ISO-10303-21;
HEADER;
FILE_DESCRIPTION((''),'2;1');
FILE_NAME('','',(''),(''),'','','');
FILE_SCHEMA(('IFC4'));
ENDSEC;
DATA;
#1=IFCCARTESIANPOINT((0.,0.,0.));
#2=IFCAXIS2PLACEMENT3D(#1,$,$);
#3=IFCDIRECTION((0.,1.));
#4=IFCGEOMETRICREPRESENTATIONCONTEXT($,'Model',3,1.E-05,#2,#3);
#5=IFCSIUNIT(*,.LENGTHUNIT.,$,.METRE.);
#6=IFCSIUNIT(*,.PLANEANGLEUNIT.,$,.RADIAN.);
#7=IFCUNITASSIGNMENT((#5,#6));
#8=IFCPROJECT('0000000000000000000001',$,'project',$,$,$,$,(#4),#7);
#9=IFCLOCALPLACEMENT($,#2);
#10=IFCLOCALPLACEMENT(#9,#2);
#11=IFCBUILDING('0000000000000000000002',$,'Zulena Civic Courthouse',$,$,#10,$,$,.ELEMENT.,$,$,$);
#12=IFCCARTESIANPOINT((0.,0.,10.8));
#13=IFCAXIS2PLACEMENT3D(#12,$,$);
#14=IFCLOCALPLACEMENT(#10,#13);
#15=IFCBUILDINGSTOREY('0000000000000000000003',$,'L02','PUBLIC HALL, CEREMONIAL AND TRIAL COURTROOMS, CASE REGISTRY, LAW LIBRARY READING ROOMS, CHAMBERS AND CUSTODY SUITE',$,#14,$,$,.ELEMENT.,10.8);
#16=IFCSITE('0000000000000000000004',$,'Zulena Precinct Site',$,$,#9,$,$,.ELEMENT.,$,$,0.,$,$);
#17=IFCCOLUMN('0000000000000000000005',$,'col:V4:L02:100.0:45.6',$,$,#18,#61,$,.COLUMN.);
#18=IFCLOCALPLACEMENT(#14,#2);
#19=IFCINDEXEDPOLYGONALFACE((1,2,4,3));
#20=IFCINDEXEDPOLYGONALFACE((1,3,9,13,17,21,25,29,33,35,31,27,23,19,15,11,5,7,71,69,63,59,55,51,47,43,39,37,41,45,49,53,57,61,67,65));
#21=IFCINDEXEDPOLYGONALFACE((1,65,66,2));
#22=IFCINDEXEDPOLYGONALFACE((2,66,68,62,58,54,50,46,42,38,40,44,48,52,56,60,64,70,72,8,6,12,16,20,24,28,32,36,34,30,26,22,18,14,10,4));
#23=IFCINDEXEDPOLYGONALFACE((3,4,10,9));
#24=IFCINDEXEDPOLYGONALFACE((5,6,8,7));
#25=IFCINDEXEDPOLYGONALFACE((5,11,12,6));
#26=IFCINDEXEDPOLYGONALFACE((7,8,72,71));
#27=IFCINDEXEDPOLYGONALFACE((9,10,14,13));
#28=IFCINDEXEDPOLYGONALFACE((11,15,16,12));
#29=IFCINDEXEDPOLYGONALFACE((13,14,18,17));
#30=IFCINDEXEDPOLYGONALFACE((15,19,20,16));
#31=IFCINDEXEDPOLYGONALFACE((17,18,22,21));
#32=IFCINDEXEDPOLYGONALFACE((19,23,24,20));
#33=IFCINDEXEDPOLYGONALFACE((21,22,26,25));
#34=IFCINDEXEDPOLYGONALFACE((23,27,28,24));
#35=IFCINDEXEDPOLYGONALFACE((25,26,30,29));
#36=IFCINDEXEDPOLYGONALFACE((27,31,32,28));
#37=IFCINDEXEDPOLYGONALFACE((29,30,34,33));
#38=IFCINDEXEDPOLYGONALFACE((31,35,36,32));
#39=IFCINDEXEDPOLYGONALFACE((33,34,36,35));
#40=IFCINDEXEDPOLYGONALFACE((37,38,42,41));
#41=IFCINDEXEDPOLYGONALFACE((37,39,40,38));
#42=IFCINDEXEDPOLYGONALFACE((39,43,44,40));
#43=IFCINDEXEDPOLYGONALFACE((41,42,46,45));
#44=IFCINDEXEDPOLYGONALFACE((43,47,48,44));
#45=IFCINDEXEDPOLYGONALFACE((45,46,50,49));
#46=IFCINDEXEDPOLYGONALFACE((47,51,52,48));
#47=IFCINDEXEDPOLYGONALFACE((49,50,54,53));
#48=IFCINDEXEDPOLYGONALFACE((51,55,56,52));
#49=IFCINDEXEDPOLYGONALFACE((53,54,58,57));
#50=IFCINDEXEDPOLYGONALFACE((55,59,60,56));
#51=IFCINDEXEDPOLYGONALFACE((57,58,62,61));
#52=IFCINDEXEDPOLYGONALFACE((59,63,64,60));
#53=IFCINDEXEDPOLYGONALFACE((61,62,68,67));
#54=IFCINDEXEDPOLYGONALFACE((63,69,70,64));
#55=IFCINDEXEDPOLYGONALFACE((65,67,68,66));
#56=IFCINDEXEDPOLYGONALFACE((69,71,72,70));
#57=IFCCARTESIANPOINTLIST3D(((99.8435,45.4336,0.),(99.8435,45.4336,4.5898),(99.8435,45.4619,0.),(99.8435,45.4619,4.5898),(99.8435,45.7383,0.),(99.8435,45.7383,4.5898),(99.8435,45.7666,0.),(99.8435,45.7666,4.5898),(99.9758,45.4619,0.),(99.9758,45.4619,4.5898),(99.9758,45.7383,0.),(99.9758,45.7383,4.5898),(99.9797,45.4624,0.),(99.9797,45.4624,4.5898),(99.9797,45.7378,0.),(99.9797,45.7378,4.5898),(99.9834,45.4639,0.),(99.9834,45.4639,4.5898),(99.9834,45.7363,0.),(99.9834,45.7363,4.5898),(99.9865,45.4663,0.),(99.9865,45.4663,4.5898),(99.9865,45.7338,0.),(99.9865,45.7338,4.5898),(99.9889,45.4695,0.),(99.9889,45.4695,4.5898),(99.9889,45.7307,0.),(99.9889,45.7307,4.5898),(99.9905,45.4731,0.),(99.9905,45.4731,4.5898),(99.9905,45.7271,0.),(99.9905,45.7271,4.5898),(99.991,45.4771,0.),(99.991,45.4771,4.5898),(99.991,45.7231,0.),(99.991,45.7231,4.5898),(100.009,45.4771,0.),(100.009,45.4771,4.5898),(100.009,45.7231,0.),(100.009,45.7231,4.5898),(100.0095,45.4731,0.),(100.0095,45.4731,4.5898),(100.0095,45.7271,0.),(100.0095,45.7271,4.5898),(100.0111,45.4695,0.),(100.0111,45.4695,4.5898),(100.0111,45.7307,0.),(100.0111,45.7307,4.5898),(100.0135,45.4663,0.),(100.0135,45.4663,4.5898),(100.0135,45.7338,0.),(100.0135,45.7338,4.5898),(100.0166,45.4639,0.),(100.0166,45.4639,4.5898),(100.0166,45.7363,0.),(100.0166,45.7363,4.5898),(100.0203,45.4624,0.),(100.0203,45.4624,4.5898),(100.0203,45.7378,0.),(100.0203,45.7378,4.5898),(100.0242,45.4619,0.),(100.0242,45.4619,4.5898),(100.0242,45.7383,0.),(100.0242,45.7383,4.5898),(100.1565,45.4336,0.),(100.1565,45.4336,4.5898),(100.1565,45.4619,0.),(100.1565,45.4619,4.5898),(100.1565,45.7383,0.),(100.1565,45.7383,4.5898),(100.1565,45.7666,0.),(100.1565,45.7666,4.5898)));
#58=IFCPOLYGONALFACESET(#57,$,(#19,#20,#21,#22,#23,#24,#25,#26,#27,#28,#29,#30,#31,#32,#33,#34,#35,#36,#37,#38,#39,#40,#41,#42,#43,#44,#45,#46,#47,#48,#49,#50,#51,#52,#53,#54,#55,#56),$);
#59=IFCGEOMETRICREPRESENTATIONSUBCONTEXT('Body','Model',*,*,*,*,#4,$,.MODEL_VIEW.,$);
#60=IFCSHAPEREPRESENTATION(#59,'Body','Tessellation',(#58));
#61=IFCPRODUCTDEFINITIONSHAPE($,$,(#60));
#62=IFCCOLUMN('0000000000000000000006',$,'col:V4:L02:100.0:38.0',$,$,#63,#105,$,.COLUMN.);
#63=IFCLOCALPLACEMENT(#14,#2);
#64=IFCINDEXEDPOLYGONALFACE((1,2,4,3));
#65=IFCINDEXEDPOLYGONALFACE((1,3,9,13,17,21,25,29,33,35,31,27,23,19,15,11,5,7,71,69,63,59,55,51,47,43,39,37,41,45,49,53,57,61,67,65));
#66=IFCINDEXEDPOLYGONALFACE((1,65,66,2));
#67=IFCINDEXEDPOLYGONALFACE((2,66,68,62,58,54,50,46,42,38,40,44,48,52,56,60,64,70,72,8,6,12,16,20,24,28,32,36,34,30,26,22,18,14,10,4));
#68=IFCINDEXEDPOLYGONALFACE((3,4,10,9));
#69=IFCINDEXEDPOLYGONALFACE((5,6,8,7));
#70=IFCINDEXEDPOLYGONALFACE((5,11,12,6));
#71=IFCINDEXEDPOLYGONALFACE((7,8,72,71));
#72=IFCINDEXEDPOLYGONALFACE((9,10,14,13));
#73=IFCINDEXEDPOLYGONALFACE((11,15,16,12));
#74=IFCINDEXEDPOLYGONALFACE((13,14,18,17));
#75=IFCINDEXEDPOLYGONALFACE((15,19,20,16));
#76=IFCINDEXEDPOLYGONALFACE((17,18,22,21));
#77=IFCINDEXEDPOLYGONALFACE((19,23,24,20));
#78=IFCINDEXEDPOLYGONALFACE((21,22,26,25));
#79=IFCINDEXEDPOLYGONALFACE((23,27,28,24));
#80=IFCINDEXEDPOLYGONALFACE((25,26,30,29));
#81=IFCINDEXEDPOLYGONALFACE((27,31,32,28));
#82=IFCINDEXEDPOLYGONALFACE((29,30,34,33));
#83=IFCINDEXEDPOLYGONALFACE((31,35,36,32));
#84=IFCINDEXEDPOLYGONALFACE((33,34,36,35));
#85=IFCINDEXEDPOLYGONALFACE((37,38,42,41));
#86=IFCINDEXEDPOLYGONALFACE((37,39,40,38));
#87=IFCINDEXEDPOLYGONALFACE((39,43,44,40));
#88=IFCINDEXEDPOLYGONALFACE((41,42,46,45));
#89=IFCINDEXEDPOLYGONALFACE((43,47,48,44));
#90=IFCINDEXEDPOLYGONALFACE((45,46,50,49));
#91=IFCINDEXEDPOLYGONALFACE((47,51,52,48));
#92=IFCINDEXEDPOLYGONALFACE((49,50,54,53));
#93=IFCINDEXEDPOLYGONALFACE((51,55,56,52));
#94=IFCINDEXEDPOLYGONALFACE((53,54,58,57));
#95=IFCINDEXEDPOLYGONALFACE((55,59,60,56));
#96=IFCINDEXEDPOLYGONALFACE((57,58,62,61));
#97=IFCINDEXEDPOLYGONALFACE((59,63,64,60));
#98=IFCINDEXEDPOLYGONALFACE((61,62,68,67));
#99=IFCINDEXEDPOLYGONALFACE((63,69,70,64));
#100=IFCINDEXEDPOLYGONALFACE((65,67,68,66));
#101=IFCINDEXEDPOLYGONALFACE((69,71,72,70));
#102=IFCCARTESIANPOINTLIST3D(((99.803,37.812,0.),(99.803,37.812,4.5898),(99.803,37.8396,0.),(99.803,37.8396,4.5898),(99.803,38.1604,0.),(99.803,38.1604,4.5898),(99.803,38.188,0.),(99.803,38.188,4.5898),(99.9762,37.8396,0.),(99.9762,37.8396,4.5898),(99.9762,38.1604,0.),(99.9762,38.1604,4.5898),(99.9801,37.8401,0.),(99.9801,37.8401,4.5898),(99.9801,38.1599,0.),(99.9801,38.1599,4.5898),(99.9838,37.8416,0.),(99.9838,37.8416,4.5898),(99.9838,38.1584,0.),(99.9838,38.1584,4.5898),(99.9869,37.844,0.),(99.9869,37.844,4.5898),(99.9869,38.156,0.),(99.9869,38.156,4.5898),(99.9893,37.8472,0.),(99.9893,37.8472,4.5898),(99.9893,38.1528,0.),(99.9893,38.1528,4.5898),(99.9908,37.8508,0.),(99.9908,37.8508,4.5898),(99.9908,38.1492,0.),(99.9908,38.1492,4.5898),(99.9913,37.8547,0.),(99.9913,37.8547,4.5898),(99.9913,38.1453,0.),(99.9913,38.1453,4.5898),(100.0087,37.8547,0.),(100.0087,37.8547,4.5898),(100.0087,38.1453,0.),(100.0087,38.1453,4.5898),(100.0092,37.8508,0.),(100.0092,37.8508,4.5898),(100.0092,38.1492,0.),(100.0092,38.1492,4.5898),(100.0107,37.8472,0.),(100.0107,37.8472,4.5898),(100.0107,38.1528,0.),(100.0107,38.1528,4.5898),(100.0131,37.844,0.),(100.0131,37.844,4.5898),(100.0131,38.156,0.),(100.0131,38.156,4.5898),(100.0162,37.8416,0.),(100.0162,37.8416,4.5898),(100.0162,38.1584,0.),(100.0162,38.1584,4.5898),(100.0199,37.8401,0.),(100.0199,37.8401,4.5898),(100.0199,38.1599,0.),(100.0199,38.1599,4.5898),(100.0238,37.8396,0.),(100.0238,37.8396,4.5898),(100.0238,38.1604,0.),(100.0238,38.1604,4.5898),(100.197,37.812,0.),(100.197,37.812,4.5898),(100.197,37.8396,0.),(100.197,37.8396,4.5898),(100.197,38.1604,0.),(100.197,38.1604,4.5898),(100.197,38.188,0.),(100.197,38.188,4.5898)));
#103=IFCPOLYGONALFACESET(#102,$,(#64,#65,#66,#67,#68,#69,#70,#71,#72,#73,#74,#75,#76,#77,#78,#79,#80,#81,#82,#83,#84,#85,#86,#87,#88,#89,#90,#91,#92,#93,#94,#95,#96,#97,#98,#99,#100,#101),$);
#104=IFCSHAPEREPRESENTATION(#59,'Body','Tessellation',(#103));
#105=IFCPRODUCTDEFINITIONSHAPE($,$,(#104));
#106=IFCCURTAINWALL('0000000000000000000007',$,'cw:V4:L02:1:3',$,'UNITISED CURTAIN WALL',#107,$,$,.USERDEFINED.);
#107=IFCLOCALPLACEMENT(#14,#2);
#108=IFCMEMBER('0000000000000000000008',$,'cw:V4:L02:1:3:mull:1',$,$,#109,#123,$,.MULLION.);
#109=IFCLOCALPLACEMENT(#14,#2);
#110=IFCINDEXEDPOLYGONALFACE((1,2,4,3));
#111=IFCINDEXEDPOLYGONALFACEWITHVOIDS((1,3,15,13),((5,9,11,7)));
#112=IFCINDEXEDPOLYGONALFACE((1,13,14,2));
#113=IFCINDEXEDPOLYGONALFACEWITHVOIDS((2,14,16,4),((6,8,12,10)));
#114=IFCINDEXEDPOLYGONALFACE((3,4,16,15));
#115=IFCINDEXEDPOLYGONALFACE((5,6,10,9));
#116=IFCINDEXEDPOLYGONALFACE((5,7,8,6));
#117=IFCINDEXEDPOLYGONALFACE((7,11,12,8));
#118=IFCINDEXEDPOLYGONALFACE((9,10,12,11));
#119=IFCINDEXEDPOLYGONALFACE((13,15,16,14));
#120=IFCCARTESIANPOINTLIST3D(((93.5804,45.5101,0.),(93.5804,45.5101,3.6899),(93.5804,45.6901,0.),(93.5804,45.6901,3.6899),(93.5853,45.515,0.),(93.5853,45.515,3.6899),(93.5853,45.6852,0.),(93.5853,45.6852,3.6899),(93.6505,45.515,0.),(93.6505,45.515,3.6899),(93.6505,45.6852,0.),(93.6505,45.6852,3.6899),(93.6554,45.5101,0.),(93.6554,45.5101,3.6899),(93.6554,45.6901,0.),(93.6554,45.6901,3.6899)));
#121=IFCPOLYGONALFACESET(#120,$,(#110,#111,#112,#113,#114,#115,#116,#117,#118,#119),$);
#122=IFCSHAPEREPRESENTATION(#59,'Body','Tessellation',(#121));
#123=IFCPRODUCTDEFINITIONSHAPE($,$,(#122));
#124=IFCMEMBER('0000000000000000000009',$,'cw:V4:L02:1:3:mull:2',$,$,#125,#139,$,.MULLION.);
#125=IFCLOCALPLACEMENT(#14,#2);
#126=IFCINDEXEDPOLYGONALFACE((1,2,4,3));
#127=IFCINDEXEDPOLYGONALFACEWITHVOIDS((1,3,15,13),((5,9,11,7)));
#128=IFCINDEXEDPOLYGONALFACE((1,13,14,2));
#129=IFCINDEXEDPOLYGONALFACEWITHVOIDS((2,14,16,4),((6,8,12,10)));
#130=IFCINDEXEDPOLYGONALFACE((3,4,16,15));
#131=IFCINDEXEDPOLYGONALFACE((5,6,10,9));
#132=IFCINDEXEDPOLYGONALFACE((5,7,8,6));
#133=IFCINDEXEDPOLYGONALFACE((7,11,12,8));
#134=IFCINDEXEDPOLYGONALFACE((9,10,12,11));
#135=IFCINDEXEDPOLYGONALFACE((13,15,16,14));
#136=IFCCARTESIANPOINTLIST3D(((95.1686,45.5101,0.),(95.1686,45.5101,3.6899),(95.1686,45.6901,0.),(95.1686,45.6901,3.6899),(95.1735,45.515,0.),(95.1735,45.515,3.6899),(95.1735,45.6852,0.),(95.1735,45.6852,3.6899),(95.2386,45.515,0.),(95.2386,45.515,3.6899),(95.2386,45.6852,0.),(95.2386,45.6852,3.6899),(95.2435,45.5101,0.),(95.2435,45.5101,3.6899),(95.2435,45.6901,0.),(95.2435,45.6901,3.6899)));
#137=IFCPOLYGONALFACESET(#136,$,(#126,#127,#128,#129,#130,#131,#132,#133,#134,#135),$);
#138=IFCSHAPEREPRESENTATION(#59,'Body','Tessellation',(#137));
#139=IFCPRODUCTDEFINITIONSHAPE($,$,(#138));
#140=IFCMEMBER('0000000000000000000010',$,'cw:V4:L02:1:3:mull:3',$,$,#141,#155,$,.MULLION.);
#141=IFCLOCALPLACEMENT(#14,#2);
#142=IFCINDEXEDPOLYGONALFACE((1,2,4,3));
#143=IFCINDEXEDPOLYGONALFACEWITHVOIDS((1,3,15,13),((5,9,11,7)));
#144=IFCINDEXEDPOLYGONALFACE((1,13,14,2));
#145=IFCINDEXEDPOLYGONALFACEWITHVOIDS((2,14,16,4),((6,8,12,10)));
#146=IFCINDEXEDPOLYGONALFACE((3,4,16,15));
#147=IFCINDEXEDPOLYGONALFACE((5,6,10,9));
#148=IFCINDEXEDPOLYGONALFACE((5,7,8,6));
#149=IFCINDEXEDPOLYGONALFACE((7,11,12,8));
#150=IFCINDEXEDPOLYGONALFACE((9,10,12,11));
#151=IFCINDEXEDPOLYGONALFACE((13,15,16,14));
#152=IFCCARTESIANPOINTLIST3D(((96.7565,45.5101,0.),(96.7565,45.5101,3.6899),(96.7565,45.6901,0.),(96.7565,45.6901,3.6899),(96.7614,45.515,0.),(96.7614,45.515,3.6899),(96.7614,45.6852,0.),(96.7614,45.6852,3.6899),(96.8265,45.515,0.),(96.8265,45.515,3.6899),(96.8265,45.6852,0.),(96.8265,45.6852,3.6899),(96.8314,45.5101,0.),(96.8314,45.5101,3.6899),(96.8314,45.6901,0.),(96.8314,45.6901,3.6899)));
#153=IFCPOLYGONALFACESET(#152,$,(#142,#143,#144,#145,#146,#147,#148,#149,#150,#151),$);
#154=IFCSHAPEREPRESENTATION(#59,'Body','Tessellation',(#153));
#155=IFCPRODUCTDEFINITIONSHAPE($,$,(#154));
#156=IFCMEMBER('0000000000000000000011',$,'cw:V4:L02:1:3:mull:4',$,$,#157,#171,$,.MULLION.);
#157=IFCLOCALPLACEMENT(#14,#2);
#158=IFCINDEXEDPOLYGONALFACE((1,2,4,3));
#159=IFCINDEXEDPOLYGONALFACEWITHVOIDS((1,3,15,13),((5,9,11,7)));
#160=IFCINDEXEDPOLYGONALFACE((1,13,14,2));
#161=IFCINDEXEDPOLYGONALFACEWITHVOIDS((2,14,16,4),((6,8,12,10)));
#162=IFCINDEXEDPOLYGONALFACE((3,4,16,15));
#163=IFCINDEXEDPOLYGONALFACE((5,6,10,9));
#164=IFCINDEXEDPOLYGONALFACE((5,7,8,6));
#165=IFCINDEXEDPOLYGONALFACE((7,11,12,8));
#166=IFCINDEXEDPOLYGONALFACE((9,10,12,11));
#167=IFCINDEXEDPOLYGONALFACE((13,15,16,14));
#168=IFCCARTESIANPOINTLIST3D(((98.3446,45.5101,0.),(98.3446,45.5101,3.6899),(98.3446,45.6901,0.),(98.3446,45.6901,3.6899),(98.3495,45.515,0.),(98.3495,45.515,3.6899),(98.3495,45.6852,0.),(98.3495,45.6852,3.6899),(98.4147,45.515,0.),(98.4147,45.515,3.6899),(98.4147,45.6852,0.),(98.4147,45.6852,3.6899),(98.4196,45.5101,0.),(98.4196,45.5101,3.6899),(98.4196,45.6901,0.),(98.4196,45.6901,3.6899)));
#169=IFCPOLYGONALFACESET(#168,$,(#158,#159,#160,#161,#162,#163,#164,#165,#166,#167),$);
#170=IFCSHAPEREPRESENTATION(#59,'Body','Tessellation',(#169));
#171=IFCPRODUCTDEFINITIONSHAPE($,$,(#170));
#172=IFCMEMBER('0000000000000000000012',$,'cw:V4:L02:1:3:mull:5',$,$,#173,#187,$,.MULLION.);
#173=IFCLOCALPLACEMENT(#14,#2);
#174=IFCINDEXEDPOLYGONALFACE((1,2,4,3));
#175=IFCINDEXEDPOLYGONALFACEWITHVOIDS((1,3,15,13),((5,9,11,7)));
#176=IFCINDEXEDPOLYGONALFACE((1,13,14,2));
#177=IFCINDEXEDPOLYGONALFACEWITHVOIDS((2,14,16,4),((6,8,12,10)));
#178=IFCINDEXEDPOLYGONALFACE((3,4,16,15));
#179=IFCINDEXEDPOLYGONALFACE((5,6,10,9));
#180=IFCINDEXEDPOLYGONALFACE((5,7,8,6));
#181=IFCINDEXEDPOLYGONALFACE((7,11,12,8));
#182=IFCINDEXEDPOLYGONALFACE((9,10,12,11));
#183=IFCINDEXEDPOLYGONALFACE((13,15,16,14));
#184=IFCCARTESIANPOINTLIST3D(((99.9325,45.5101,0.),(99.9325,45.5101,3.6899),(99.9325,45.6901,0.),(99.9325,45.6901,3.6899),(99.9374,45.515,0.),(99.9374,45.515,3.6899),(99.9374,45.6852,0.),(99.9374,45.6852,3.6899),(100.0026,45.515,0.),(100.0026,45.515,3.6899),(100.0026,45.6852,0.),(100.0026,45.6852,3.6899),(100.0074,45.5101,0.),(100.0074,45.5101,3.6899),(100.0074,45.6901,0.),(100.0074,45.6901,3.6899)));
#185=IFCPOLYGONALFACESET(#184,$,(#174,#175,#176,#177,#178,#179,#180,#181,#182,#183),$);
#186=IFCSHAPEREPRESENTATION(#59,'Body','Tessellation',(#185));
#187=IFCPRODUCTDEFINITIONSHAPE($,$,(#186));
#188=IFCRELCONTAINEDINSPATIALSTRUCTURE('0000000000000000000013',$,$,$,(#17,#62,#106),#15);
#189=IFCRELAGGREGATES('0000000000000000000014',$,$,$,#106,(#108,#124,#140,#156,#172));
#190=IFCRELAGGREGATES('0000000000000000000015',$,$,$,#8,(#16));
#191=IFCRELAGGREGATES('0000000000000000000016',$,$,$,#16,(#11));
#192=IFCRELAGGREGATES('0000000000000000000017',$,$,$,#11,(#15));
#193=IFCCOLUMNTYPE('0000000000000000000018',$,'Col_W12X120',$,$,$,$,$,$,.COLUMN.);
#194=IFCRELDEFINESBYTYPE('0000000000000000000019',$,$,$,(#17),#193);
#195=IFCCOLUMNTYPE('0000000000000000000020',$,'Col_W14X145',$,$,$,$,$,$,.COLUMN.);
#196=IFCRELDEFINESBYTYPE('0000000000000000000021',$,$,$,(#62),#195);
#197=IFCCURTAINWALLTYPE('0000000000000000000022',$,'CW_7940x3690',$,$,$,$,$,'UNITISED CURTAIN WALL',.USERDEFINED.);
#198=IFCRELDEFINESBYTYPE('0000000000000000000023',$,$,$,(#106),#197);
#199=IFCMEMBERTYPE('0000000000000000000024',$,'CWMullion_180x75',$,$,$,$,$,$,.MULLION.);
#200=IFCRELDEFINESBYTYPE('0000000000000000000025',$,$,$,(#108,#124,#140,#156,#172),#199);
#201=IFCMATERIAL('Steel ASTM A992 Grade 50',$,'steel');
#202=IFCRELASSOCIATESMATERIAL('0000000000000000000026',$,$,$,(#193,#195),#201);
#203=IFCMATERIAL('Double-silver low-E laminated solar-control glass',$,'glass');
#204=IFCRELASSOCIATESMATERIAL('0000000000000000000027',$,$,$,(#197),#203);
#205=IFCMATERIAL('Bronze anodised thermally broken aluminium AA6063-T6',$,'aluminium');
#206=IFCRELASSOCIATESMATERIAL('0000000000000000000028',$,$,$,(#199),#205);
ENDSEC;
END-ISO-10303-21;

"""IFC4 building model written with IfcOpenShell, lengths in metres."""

from ifc_helpers import new_model, si_unit, direction, frame, origin, origin_2d, place, context, subcontext, project, spatial, hollow_rectangle, i_section, extrude, material, material_profile, profile_set, type_object, element, aggregate, save


model = new_model("IFC4")

# Units and contexts
model_context = context("Model", 3, precision=1e-05, world=origin(), true_north=direction((0.0, 1.0)))
body_context = subcontext(model_context, "Body", "Model", "MODEL_VIEW")
ifc_project = project(units=[si_unit("LENGTHUNIT", "METRE"), si_unit("PLANEANGLEUNIT", "RADIAN")], contexts=[model_context])

# Site, building, storey
site_placement = place(None, origin())
site = spatial("IfcSite", under=ifc_project, at=site_placement, Name="Zulena Precinct Site", CompositionType="ELEMENT", RefElevation=0.0)
building_placement = place(site_placement, origin())
building = spatial("IfcBuilding", under=site, at=building_placement, Name="Zulena Civic Courthouse", CompositionType="ELEMENT")
storey_placement = place(building_placement, frame((0.0, 0.0, 10.8)))
storey = spatial("IfcBuildingStorey", under=building, at=storey_placement, Name="L02", Description="PUBLIC HALL, CEREMONIAL AND TRIAL COURTROOMS, CASE REGISTRY, LAW LIBRARY READING ROOMS, CHAMBERS AND CUSTODY SUITE", CompositionType="ELEMENT", Elevation=10.8)

# Columns
ifc_material_1 = material(Name="Steel ASTM A992 Grade 50", Category="steel")
ifc_material_profile_1 = material_profile(ifc_material_1, i_section(OverallWidth=0.313, OverallDepth=0.333, WebThickness=0.0181, FlangeThickness=0.0283, FilletRadius=0.0151, at=origin_2d()), Name="W12X120")
ifc_profile_set_1 = profile_set([ifc_material_profile_1], Name="Steel ASTM A992 Grade 50")
column_type_1 = type_object("IfcColumnType", Name="Col_W12X120", PredefinedType="COLUMN", material=ifc_profile_set_1)
column_1_placement = place(storey_placement, frame((100.0, 45.6001, 0.0), z_axis=(0.0, 0.0, 1.0), x_axis=(1.0, 0.0, 0.0)))
element("IfcColumn", 1, at=column_1_placement, inside=storey, type_object=column_type_1, Name="col:V4:L02:100.0:45.6", PredefinedType="COLUMN", context=body_context, shape_type="SweptSolid", body=[
    extrude(i_section(OverallWidth=0.313, OverallDepth=0.333, WebThickness=0.0181, FlangeThickness=0.0283, FilletRadius=0.0151, at=origin_2d()), origin(), (0.0, 0.0, 1.0), 4.5898),
])
ifc_material_profile_2 = material_profile(ifc_material_1, i_section(OverallWidth=0.394, OverallDepth=0.376, WebThickness=0.0173, FlangeThickness=0.0276, FilletRadius=0.0151, at=origin_2d()), Name="W14X145")
ifc_profile_set_2 = profile_set([ifc_material_profile_2], Name="Steel ASTM A992 Grade 50")
column_type_2 = type_object("IfcColumnType", Name="Col_W14X145", PredefinedType="COLUMN", material=ifc_profile_set_2)
column_2_placement = place(storey_placement, frame((100.0, 38.0, 0.0), z_axis=(0.0, 0.0, 1.0), x_axis=(1.0, 0.0, 0.0)))
element("IfcColumn", 2, at=column_2_placement, inside=storey, type_object=column_type_2, Name="col:V4:L02:100.0:38.0", PredefinedType="COLUMN", context=body_context, shape_type="SweptSolid", body=[
    extrude(i_section(OverallWidth=0.394, OverallDepth=0.376, WebThickness=0.0173, FlangeThickness=0.0276, FilletRadius=0.0151, at=origin_2d()), origin(), (0.0, 0.0, 1.0), 4.5898),
])

# Curtain wall, members
ifc_material_2 = material(Name="Double-silver low-E laminated solar-control glass", Category="glass")
curtain_wall_type = type_object("IfcCurtainWallType", Name="CW_7940x3690", ElementType="UNITISED CURTAIN WALL", PredefinedType="USERDEFINED", material=ifc_material_2)
curtain_wall_1_placement = place(storey_placement, origin())
curtain_wall_1 = element("IfcCurtainWall", 3, at=curtain_wall_1_placement, inside=storey, type_object=curtain_wall_type, Name="cw:V4:L02:1:3", ObjectType="UNITISED CURTAIN WALL", PredefinedType="USERDEFINED")
ifc_material_3 = material(Name="Bronze anodised thermally broken aluminium AA6063-T6", Category="aluminium")
ifc_material_profile_3 = material_profile(ifc_material_3, hollow_rectangle(XDim=0.075, YDim=0.1799, WallThickness=0.0049, at=origin_2d()), Name="CWM180X75X5")
ifc_profile_set_3 = profile_set([ifc_material_profile_3], Name="Bronze anodised thermally broken aluminium AA6063-T6")
member_type_1 = type_object("IfcMemberType", Name="CWMullion_180x75", PredefinedType="MULLION", material=ifc_profile_set_3)
member_1_placement = place(storey_placement, frame((93.6179, 45.6001, 0.0), z_axis=(0.0, 0.0, 1.0), x_axis=(1.0, 0.0, 0.0)))
member_1 = element("IfcMember", 4, at=member_1_placement, type_object=member_type_1, Name="cw:V4:L02:1:3:mull:1", PredefinedType="MULLION", context=body_context, shape_type="SweptSolid", body=[
    extrude(hollow_rectangle(XDim=0.075, YDim=0.1799, WallThickness=0.0049, at=origin_2d()), origin(), (0.0, 0.0, 1.0), 3.6899),
])
member_2_placement = place(storey_placement, frame((95.2061, 45.6001, 0.0), z_axis=(0.0, 0.0, 1.0), x_axis=(1.0, 0.0, 0.0)))
member_2 = element("IfcMember", 5, at=member_2_placement, type_object=member_type_1, Name="cw:V4:L02:1:3:mull:2", PredefinedType="MULLION", context=body_context, shape_type="SweptSolid", body=[
    extrude(hollow_rectangle(XDim=0.075, YDim=0.1799, WallThickness=0.0049, at=origin_2d()), origin(), (0.0, 0.0, 1.0), 3.6899),
])
member_3_placement = place(storey_placement, frame((96.7939, 45.6001, 0.0), z_axis=(0.0, 0.0, 1.0), x_axis=(1.0, 0.0, 0.0)))
member_3 = element("IfcMember", 6, at=member_3_placement, type_object=member_type_1, Name="cw:V4:L02:1:3:mull:3", PredefinedType="MULLION", context=body_context, shape_type="SweptSolid", body=[
    extrude(hollow_rectangle(XDim=0.075, YDim=0.1799, WallThickness=0.0049, at=origin_2d()), origin(), (0.0, 0.0, 1.0), 3.6899),
])
member_4_placement = place(storey_placement, frame((98.3821, 45.6001, 0.0), z_axis=(0.0, 0.0, 1.0), x_axis=(1.0, 0.0, 0.0)))
member_4 = element("IfcMember", 7, at=member_4_placement, type_object=member_type_1, Name="cw:V4:L02:1:3:mull:4", PredefinedType="MULLION", context=body_context, shape_type="SweptSolid", body=[
    extrude(hollow_rectangle(XDim=0.075, YDim=0.1799, WallThickness=0.0049, at=origin_2d()), origin(), (0.0, 0.0, 1.0), 3.6899),
])
member_5_placement = place(storey_placement, frame((99.97, 45.6001, 0.0), z_axis=(0.0, 0.0, 1.0), x_axis=(1.0, 0.0, 0.0)))
member_5 = element("IfcMember", 8, at=member_5_placement, type_object=member_type_1, Name="cw:V4:L02:1:3:mull:5", PredefinedType="MULLION", context=body_context, shape_type="SweptSolid", body=[
    extrude(hollow_rectangle(XDim=0.075, YDim=0.1799, WallThickness=0.0049, at=origin_2d()), origin(), (0.0, 0.0, 1.0), 3.6899),
])

aggregate(curtain_wall_1, [member_1, member_2, member_3, member_4, member_5])

save(model, "model.ifc")
